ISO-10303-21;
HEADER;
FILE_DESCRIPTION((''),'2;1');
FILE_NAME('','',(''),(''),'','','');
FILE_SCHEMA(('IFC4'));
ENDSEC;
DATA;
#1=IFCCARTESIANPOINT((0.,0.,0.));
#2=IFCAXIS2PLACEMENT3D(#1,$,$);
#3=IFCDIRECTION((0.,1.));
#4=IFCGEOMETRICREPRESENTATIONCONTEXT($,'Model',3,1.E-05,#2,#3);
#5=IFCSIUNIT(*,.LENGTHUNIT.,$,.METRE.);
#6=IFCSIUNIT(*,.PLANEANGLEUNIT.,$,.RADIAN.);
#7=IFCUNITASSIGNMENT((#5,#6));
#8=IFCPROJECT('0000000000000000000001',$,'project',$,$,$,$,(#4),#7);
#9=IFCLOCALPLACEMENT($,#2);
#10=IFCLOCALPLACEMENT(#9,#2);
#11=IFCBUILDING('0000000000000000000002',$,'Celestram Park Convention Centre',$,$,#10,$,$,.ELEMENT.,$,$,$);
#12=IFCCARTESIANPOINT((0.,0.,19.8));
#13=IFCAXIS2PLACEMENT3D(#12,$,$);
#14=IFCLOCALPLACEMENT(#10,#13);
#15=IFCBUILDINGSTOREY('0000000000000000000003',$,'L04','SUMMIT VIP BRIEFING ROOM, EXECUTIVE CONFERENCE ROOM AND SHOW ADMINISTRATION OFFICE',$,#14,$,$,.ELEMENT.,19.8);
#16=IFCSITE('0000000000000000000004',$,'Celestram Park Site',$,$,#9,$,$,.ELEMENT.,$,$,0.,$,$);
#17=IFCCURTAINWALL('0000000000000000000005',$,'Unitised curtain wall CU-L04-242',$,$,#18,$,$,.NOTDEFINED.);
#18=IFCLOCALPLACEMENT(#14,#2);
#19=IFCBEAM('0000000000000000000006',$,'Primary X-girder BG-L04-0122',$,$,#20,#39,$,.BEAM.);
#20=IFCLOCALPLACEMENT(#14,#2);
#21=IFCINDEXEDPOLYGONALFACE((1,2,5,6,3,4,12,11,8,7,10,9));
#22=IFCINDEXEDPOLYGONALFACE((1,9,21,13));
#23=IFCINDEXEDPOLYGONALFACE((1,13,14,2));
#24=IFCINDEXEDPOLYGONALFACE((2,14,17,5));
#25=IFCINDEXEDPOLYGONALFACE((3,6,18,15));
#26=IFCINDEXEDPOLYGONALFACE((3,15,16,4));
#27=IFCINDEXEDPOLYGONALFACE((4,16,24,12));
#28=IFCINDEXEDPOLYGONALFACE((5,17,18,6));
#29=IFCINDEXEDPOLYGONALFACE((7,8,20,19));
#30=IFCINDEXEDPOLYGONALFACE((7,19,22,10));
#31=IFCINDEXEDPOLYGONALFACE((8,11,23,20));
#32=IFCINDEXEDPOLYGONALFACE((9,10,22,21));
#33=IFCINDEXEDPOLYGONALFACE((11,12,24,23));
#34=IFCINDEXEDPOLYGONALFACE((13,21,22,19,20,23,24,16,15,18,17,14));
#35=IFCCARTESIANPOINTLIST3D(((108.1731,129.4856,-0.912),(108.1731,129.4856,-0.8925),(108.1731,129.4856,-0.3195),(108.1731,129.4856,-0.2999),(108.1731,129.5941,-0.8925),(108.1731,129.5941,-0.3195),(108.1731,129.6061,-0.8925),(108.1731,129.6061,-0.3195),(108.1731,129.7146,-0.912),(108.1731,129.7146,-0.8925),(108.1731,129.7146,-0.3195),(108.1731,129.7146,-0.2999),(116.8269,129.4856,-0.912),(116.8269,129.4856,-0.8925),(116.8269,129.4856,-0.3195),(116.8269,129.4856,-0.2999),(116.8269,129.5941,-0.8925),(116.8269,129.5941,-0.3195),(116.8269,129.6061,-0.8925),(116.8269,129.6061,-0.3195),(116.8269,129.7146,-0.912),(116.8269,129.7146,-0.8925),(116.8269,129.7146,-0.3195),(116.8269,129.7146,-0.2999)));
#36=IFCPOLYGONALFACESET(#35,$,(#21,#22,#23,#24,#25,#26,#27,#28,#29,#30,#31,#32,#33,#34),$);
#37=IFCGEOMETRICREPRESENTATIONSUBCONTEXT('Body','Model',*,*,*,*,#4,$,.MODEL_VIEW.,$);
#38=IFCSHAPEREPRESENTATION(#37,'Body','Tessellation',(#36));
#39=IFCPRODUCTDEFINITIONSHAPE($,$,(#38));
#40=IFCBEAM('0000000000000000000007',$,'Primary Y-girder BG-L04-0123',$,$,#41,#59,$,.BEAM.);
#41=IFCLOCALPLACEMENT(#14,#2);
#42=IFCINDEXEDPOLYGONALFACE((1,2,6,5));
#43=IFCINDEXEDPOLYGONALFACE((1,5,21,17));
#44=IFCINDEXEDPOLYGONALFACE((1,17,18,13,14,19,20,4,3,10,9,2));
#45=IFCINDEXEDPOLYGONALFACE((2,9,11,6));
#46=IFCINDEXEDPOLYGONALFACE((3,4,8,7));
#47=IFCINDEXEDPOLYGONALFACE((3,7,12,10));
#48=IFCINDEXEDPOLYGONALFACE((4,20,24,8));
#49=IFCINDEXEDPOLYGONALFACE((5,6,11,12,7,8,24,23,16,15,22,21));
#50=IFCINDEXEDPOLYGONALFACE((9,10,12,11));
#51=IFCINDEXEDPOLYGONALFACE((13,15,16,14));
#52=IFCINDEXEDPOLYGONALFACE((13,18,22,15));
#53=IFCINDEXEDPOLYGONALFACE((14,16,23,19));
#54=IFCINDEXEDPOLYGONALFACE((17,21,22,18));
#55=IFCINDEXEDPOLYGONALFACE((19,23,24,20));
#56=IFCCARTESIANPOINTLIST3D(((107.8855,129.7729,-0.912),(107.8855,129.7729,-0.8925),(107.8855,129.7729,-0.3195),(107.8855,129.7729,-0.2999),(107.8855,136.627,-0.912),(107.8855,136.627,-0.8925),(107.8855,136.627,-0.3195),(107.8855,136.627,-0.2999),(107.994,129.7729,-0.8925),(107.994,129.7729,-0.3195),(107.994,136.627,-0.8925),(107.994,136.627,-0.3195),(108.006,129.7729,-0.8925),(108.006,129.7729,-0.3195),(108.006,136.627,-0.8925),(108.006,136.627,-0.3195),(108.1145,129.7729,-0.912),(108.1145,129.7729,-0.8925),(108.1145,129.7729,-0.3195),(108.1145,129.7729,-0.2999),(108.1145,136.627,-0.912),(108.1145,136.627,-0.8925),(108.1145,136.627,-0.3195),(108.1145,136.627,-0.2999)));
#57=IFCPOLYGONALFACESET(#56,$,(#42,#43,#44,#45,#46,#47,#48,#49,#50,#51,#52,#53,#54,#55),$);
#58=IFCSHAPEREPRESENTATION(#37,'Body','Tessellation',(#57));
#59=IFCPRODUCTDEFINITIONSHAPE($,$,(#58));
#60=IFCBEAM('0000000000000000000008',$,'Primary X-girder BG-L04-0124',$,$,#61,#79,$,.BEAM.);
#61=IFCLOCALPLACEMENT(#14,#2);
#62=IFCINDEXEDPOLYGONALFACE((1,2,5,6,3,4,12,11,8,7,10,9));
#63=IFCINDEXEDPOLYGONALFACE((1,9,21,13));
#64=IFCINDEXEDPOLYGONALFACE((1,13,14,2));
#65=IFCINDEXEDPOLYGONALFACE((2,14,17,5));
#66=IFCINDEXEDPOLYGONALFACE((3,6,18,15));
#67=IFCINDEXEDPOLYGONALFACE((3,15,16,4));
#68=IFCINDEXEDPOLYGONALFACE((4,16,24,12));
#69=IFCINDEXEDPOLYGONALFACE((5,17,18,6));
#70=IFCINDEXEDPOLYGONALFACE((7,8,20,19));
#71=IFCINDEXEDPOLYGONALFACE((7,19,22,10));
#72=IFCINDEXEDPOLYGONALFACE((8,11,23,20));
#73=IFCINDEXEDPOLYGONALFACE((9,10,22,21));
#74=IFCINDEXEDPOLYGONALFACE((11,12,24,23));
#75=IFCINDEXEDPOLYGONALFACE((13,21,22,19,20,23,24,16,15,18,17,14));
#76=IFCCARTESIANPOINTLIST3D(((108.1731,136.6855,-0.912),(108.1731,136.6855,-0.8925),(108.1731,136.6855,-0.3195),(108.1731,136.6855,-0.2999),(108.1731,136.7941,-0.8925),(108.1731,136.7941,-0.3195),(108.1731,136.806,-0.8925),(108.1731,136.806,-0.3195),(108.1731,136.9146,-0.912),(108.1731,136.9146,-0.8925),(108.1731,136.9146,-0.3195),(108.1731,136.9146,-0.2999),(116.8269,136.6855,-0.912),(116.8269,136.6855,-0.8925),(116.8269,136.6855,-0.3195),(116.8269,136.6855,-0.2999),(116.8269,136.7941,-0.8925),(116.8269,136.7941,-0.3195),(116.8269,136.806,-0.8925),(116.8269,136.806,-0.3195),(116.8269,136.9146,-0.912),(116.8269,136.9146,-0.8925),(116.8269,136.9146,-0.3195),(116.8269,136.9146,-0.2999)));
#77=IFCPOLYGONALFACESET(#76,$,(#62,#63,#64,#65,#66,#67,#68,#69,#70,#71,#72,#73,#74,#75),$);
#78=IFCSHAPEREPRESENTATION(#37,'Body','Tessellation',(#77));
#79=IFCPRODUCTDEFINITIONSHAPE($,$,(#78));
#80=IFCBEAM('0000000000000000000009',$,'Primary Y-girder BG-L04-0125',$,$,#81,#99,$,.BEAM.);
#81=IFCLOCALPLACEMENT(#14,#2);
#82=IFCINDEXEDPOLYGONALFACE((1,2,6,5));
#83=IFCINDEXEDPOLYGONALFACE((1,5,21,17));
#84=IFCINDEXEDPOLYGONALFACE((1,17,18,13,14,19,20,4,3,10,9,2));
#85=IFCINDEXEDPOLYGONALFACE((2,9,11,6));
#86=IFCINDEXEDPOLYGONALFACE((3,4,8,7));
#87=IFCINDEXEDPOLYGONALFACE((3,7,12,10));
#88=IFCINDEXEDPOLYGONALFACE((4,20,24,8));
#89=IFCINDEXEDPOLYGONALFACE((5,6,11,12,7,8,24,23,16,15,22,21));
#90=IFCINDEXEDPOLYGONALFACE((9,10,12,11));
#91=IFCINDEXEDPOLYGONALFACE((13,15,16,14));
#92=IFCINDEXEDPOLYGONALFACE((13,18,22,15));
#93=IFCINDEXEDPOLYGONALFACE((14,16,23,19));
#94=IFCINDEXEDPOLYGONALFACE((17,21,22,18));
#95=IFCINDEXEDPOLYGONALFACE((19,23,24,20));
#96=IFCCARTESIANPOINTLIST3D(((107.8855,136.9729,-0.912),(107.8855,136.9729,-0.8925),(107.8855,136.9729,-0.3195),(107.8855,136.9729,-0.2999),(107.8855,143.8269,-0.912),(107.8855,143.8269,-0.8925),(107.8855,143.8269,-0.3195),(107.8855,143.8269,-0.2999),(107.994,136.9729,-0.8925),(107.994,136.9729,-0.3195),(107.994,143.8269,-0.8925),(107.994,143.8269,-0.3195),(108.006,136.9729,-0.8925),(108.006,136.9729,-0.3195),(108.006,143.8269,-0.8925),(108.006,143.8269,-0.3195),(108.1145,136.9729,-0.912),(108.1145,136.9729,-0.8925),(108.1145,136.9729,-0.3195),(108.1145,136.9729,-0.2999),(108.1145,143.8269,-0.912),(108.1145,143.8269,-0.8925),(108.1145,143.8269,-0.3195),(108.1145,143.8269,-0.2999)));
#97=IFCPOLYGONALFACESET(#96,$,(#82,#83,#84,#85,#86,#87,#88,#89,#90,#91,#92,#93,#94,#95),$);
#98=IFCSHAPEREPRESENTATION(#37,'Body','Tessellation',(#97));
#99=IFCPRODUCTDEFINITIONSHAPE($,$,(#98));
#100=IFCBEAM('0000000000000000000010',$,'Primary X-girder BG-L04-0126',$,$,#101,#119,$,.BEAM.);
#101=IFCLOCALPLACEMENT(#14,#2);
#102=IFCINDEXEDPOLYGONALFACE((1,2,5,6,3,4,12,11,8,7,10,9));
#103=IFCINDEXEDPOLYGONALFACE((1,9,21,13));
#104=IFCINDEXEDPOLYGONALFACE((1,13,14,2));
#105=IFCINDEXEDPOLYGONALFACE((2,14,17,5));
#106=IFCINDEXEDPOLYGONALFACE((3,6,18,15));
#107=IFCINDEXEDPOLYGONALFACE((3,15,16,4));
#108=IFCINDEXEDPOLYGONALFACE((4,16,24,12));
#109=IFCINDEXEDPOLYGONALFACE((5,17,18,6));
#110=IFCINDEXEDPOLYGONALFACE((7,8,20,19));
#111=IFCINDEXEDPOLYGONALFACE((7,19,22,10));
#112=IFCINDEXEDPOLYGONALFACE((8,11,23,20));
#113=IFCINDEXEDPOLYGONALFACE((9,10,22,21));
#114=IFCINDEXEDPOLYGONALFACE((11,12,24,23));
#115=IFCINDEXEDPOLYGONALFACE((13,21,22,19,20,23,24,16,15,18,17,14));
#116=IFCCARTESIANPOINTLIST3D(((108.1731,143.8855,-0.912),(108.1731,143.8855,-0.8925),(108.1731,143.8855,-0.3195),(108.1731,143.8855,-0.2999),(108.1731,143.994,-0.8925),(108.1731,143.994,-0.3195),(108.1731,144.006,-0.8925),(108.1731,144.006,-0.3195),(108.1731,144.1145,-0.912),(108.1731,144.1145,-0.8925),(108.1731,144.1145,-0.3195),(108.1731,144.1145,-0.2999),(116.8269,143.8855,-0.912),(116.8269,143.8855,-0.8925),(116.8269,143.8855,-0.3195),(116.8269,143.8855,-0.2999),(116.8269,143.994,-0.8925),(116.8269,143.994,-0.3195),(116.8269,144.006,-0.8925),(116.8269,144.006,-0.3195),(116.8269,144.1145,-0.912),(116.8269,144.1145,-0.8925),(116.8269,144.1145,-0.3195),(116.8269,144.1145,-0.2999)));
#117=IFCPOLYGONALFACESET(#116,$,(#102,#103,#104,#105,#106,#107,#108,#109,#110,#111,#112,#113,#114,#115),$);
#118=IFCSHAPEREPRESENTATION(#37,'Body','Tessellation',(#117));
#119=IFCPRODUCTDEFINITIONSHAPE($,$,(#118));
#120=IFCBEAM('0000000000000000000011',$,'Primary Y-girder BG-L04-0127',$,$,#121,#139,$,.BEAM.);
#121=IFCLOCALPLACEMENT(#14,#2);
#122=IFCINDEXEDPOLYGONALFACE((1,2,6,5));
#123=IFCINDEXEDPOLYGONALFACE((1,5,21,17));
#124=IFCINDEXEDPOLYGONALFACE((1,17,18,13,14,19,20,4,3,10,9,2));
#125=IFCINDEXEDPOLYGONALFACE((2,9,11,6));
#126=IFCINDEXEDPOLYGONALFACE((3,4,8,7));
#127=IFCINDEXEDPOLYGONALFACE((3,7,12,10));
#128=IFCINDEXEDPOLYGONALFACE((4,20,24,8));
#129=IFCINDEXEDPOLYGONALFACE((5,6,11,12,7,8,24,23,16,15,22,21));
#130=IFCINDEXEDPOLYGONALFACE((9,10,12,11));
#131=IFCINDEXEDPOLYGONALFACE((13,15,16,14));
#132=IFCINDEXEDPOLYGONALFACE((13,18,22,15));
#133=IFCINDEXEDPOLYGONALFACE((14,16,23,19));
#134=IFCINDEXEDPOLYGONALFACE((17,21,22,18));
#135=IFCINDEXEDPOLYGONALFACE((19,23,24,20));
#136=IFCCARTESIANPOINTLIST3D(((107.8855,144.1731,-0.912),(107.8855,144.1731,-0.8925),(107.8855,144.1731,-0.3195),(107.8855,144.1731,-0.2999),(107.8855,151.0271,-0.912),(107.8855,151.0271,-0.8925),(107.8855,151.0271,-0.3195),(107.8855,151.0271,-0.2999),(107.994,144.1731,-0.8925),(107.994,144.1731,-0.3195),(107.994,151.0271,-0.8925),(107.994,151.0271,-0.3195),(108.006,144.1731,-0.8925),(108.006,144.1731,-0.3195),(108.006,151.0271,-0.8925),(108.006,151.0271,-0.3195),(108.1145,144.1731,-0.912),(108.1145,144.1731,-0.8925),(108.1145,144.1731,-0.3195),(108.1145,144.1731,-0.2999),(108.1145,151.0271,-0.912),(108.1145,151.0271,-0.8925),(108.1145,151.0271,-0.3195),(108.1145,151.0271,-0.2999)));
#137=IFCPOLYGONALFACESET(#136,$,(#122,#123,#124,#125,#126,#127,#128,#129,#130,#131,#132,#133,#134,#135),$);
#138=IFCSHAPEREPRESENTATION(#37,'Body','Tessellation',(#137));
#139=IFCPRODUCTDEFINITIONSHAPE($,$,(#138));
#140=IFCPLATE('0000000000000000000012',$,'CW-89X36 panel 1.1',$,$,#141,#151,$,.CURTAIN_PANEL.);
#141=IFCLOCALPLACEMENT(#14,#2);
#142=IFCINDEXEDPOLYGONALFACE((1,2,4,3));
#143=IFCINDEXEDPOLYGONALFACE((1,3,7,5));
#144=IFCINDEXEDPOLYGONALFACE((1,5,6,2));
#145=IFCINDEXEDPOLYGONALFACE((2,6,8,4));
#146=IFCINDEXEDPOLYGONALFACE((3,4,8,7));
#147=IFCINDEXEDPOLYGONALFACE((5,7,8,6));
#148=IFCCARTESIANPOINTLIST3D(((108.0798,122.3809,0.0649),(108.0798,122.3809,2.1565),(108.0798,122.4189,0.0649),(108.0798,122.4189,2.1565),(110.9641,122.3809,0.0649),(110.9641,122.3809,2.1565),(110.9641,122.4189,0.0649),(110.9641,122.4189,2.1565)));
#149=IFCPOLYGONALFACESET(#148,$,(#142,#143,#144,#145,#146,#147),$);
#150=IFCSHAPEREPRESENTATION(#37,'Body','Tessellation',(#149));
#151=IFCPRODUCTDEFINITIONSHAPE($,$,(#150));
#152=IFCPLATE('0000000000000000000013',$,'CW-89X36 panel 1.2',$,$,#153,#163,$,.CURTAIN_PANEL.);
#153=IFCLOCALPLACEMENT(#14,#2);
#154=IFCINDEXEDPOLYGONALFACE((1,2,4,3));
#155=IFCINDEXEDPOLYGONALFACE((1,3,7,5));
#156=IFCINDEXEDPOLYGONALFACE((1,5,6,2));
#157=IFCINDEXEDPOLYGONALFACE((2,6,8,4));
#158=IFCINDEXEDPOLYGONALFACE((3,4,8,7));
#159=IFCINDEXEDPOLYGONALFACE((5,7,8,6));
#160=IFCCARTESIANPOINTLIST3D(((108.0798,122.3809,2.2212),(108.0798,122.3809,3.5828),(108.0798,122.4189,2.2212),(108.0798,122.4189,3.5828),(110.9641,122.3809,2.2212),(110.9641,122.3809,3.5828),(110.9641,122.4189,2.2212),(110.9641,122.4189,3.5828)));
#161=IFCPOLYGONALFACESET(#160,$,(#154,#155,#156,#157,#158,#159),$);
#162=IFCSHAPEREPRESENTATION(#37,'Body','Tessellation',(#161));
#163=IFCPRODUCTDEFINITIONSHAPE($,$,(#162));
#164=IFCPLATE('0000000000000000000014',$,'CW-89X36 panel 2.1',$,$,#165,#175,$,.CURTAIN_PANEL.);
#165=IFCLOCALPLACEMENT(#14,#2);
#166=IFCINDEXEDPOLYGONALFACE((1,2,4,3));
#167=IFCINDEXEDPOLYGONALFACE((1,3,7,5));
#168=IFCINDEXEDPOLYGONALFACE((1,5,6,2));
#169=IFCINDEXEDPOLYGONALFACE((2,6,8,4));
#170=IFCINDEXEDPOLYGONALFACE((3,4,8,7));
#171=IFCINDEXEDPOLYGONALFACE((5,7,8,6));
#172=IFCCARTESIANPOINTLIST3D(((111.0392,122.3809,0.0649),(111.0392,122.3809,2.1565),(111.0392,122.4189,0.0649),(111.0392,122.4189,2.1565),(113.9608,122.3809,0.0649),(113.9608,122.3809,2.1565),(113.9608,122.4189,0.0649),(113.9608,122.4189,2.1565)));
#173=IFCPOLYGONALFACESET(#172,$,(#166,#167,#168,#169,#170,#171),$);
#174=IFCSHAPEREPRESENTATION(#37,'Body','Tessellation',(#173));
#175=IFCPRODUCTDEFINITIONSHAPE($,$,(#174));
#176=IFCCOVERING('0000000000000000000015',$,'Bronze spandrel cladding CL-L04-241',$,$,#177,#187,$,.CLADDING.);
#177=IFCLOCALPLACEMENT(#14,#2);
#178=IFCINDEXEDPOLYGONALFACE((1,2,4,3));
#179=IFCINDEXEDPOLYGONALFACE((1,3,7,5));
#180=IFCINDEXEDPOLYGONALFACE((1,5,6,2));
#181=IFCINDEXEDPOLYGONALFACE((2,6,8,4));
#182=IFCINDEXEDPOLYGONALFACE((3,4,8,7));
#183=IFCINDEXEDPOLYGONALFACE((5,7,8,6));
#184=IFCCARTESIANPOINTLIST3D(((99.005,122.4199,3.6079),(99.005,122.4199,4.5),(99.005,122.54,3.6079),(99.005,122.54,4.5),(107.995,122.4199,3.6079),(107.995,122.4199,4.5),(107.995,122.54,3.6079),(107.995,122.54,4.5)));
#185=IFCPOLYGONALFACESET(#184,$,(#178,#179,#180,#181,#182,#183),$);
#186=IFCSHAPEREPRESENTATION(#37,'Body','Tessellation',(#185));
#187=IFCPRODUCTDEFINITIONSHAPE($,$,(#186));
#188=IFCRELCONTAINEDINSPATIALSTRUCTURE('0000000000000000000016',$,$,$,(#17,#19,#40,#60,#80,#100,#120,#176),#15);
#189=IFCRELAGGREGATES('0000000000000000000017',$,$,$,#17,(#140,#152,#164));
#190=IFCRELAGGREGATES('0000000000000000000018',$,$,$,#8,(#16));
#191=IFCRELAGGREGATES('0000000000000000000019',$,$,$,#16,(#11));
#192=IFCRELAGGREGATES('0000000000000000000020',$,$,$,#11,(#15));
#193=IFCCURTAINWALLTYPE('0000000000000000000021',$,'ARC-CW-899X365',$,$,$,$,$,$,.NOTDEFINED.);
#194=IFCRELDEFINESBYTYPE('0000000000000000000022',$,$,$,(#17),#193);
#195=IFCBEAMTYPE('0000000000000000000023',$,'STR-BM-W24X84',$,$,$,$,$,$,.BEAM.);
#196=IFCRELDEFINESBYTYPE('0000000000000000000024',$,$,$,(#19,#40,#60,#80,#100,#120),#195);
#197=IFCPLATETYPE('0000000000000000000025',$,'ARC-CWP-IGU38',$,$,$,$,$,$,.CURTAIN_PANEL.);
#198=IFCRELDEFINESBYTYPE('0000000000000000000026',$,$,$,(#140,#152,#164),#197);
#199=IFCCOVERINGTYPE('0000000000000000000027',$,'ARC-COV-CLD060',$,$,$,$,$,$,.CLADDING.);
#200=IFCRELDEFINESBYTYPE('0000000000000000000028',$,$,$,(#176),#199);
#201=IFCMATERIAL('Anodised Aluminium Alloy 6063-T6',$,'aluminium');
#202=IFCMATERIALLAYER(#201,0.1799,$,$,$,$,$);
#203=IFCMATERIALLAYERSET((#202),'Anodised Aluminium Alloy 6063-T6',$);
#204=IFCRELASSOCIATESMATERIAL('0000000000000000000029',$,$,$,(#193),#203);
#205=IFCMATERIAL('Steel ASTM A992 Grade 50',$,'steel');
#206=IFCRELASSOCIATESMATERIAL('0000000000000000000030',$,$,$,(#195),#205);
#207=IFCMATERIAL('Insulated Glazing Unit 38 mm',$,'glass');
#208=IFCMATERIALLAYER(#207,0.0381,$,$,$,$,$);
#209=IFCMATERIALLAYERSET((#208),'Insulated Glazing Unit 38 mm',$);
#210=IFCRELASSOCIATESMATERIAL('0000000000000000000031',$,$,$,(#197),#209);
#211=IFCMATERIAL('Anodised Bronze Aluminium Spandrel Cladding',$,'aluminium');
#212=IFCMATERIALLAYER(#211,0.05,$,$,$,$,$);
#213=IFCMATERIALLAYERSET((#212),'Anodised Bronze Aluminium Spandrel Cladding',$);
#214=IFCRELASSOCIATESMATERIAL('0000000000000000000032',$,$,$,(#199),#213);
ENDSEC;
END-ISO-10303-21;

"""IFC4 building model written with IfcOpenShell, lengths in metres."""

from ifc_helpers import new_model, si_unit, direction, frame, origin, origin_2d, place, context, subcontext, project, spatial, rectangle, i_section, extrude, material, layer, layer_set, material_profile, profile_set, type_object, element, aggregate, save


model = new_model("IFC4")

# Units and contexts
model_context = context("Model", 3, precision=1e-05, world=origin(), true_north=direction((0.0, 1.0)))
body_context = subcontext(model_context, "Body", "Model", "MODEL_VIEW")
ifc_project = project(units=[si_unit("LENGTHUNIT", "METRE"), si_unit("PLANEANGLEUNIT", "RADIAN")], contexts=[model_context])

# Site, building, storey
site_placement = place(None, origin())
site = spatial("IfcSite", under=ifc_project, at=site_placement, Name="Celestram Park Site", CompositionType="ELEMENT", RefElevation=0.0)
building_placement = place(site_placement, origin())
building = spatial("IfcBuilding", under=site, at=building_placement, Name="Celestram Park Convention Centre", CompositionType="ELEMENT")
storey_placement = place(building_placement, frame((0.0, 0.0, 19.8)))
storey = spatial("IfcBuildingStorey", under=building, at=storey_placement, Name="L04", Description="SUMMIT VIP BRIEFING ROOM, EXECUTIVE CONFERENCE ROOM AND SHOW ADMINISTRATION OFFICE", CompositionType="ELEMENT", Elevation=19.8)

# Curtain wall
ifc_material_1 = material(Name="Anodised Aluminium Alloy 6063-T6", Category="aluminium")
ifc_layer_1 = layer(ifc_material_1, 0.1799)
ifc_layer_set_1 = layer_set([ifc_layer_1], Name="Anodised Aluminium Alloy 6063-T6")
curtain_wall_type = type_object("IfcCurtainWallType", Name="ARC-CW-899X365", PredefinedType="NOTDEFINED", material=ifc_layer_set_1)
curtain_wall_placement = place(storey_placement, origin())
curtain_wall = element("IfcCurtainWall", 1, at=curtain_wall_placement, inside=storey, type_object=curtain_wall_type, Name="Unitised curtain wall CU-L04-242", PredefinedType="NOTDEFINED")

# Beams
ifc_material_2 = material(Name="Steel ASTM A992 Grade 50", Category="steel")
ifc_material_profile_1 = material_profile(ifc_material_2, i_section(OverallWidth=0.229, OverallDepth=0.6121, WebThickness=0.012, FlangeThickness=0.0195, at=origin_2d()), Name="W24X84")
ifc_profile_set_1 = profile_set([ifc_material_profile_1], Name="Steel ASTM A992 Grade 50")
beam_type = type_object("IfcBeamType", Name="STR-BM-W24X84", PredefinedType="BEAM", material=ifc_profile_set_1)
beam_1_placement = place(storey_placement, frame((108.1731, 129.6001, -0.606), z_axis=(1.0, 0.0, 0.0), x_axis=(0.0, 1.0, 0.0)))
element("IfcBeam", 2, at=beam_1_placement, inside=storey, type_object=beam_type, Name="Primary X-girder BG-L04-0122", PredefinedType="BEAM", context=body_context, shape_type="SweptSolid", body=[
    extrude(i_section(OverallWidth=0.229, OverallDepth=0.6121, WebThickness=0.012, FlangeThickness=0.0195, at=origin_2d()), origin(), (0.0, 0.0, 1.0), 8.6538),
])
beam_2_placement = place(storey_placement, frame((108.0, 129.7729, -0.606), z_axis=(0.0, 1.0, 0.0), x_axis=(-1.0, 0.0, 0.0)))
element("IfcBeam", 3, at=beam_2_placement, inside=storey, type_object=beam_type, Name="Primary Y-girder BG-L04-0123", PredefinedType="BEAM", context=body_context, shape_type="SweptSolid", body=[
    extrude(i_section(OverallWidth=0.229, OverallDepth=0.6121, WebThickness=0.012, FlangeThickness=0.0195, at=origin_2d()), origin(), (0.0, 0.0, 1.0), 6.854),
])
beam_3_placement = place(storey_placement, frame((108.1731, 136.8, -0.606), z_axis=(1.0, 0.0, 0.0), x_axis=(0.0, 1.0, 0.0)))
element("IfcBeam", 4, at=beam_3_placement, inside=storey, type_object=beam_type, Name="Primary X-girder BG-L04-0124", PredefinedType="BEAM", context=body_context, shape_type="SweptSolid", body=[
    extrude(i_section(OverallWidth=0.229, OverallDepth=0.6121, WebThickness=0.012, FlangeThickness=0.0195, at=origin_2d()), origin(), (0.0, 0.0, 1.0), 8.6538),
])
beam_4_placement = place(storey_placement, frame((108.0, 136.9729, -0.606), z_axis=(0.0, 1.0, 0.0), x_axis=(-1.0, 0.0, 0.0)))
element("IfcBeam", 5, at=beam_4_placement, inside=storey, type_object=beam_type, Name="Primary Y-girder BG-L04-0125", PredefinedType="BEAM", context=body_context, shape_type="SweptSolid", body=[
    extrude(i_section(OverallWidth=0.229, OverallDepth=0.6121, WebThickness=0.012, FlangeThickness=0.0195, at=origin_2d()), origin(), (0.0, 0.0, 1.0), 6.854),
])
beam_5_placement = place(storey_placement, frame((108.1731, 144.0, -0.606), z_axis=(1.0, 0.0, 0.0), x_axis=(0.0, 1.0, 0.0)))
element("IfcBeam", 6, at=beam_5_placement, inside=storey, type_object=beam_type, Name="Primary X-girder BG-L04-0126", PredefinedType="BEAM", context=body_context, shape_type="SweptSolid", body=[
    extrude(i_section(OverallWidth=0.229, OverallDepth=0.6121, WebThickness=0.012, FlangeThickness=0.0195, at=origin_2d()), origin(), (0.0, 0.0, 1.0), 8.6538),
])
beam_6_placement = place(storey_placement, frame((108.0, 144.1731, -0.606), z_axis=(0.0, 1.0, 0.0), x_axis=(-1.0, 0.0, 0.0)))
element("IfcBeam", 7, at=beam_6_placement, inside=storey, type_object=beam_type, Name="Primary Y-girder BG-L04-0127", PredefinedType="BEAM", context=body_context, shape_type="SweptSolid", body=[
    extrude(i_section(OverallWidth=0.229, OverallDepth=0.6121, WebThickness=0.012, FlangeThickness=0.0195, at=origin_2d()), origin(), (0.0, 0.0, 1.0), 6.854),
])

# Plates
ifc_material_3 = material(Name="Insulated Glazing Unit 38 mm", Category="glass")
ifc_layer_2 = layer(ifc_material_3, 0.0381)
ifc_layer_set_2 = layer_set([ifc_layer_2], Name="Insulated Glazing Unit 38 mm")
plate_type = type_object("IfcPlateType", Name="ARC-CWP-IGU38", PredefinedType="CURTAIN_PANEL", material=ifc_layer_set_2)
plate_1_placement = place(storey_placement, frame((109.522, 122.3999, 0.0649), z_axis=(0.0, 0.0, 1.0), x_axis=(1.0, 0.0, 0.0)))
plate_1 = element("IfcPlate", 8, at=plate_1_placement, type_object=plate_type, Name="CW-89X36 panel 1.1", PredefinedType="CURTAIN_PANEL", context=body_context, shape_type="SweptSolid", body=[
    extrude(rectangle(XDim=2.8843, YDim=0.0381, at=origin_2d()), origin(), (0.0, 0.0, 1.0), 2.0916),
])
plate_2_placement = place(storey_placement, frame((109.522, 122.3999, 2.2212), z_axis=(0.0, 0.0, 1.0), x_axis=(1.0, 0.0, 0.0)))
plate_2 = element("IfcPlate", 9, at=plate_2_placement, type_object=plate_type, Name="CW-89X36 panel 1.2", PredefinedType="CURTAIN_PANEL", context=body_context, shape_type="SweptSolid", body=[
    extrude(rectangle(XDim=2.8843, YDim=0.0381, at=origin_2d()), origin(), (0.0, 0.0, 1.0), 1.3616),
])
plate_3_placement = place(storey_placement, frame((112.5, 122.3999, 0.0649), z_axis=(0.0, 0.0, 1.0), x_axis=(1.0, 0.0, 0.0)))
plate_3 = element("IfcPlate", 10, at=plate_3_placement, type_object=plate_type, Name="CW-89X36 panel 2.1", PredefinedType="CURTAIN_PANEL", context=body_context, shape_type="SweptSolid", body=[
    extrude(rectangle(XDim=2.9216, YDim=0.0381, at=origin_2d()), origin(), (0.0, 0.0, 1.0), 2.0916),
])
aggregate(curtain_wall, [plate_1, plate_2, plate_3])

# Covering
ifc_material_4 = material(Name="Anodised Bronze Aluminium Spandrel Cladding", Category="aluminium")
ifc_layer_3 = layer(ifc_material_4, 0.05)
ifc_layer_set_3 = layer_set([ifc_layer_3], Name="Anodised Bronze Aluminium Spandrel Cladding")
covering_type = type_object("IfcCoveringType", Name="ARC-COV-CLD060", PredefinedType="CLADDING", material=ifc_layer_set_3)
covering_placement = place(storey_placement, frame((103.5, 122.48, 3.6079), z_axis=(0.0, 0.0, 1.0), x_axis=(1.0, 0.0, 0.0)))
element("IfcCovering", 11, at=covering_placement, inside=storey, type_object=covering_type, Name="Bronze spandrel cladding CL-L04-241", PredefinedType="CLADDING", context=body_context, shape_type="SweptSolid", body=[
    extrude(rectangle(XDim=8.99, YDim=0.1201, at=origin_2d()), origin(), (0.0, 0.0, 1.0), 0.8921),
])

save(model, "model.ifc")
